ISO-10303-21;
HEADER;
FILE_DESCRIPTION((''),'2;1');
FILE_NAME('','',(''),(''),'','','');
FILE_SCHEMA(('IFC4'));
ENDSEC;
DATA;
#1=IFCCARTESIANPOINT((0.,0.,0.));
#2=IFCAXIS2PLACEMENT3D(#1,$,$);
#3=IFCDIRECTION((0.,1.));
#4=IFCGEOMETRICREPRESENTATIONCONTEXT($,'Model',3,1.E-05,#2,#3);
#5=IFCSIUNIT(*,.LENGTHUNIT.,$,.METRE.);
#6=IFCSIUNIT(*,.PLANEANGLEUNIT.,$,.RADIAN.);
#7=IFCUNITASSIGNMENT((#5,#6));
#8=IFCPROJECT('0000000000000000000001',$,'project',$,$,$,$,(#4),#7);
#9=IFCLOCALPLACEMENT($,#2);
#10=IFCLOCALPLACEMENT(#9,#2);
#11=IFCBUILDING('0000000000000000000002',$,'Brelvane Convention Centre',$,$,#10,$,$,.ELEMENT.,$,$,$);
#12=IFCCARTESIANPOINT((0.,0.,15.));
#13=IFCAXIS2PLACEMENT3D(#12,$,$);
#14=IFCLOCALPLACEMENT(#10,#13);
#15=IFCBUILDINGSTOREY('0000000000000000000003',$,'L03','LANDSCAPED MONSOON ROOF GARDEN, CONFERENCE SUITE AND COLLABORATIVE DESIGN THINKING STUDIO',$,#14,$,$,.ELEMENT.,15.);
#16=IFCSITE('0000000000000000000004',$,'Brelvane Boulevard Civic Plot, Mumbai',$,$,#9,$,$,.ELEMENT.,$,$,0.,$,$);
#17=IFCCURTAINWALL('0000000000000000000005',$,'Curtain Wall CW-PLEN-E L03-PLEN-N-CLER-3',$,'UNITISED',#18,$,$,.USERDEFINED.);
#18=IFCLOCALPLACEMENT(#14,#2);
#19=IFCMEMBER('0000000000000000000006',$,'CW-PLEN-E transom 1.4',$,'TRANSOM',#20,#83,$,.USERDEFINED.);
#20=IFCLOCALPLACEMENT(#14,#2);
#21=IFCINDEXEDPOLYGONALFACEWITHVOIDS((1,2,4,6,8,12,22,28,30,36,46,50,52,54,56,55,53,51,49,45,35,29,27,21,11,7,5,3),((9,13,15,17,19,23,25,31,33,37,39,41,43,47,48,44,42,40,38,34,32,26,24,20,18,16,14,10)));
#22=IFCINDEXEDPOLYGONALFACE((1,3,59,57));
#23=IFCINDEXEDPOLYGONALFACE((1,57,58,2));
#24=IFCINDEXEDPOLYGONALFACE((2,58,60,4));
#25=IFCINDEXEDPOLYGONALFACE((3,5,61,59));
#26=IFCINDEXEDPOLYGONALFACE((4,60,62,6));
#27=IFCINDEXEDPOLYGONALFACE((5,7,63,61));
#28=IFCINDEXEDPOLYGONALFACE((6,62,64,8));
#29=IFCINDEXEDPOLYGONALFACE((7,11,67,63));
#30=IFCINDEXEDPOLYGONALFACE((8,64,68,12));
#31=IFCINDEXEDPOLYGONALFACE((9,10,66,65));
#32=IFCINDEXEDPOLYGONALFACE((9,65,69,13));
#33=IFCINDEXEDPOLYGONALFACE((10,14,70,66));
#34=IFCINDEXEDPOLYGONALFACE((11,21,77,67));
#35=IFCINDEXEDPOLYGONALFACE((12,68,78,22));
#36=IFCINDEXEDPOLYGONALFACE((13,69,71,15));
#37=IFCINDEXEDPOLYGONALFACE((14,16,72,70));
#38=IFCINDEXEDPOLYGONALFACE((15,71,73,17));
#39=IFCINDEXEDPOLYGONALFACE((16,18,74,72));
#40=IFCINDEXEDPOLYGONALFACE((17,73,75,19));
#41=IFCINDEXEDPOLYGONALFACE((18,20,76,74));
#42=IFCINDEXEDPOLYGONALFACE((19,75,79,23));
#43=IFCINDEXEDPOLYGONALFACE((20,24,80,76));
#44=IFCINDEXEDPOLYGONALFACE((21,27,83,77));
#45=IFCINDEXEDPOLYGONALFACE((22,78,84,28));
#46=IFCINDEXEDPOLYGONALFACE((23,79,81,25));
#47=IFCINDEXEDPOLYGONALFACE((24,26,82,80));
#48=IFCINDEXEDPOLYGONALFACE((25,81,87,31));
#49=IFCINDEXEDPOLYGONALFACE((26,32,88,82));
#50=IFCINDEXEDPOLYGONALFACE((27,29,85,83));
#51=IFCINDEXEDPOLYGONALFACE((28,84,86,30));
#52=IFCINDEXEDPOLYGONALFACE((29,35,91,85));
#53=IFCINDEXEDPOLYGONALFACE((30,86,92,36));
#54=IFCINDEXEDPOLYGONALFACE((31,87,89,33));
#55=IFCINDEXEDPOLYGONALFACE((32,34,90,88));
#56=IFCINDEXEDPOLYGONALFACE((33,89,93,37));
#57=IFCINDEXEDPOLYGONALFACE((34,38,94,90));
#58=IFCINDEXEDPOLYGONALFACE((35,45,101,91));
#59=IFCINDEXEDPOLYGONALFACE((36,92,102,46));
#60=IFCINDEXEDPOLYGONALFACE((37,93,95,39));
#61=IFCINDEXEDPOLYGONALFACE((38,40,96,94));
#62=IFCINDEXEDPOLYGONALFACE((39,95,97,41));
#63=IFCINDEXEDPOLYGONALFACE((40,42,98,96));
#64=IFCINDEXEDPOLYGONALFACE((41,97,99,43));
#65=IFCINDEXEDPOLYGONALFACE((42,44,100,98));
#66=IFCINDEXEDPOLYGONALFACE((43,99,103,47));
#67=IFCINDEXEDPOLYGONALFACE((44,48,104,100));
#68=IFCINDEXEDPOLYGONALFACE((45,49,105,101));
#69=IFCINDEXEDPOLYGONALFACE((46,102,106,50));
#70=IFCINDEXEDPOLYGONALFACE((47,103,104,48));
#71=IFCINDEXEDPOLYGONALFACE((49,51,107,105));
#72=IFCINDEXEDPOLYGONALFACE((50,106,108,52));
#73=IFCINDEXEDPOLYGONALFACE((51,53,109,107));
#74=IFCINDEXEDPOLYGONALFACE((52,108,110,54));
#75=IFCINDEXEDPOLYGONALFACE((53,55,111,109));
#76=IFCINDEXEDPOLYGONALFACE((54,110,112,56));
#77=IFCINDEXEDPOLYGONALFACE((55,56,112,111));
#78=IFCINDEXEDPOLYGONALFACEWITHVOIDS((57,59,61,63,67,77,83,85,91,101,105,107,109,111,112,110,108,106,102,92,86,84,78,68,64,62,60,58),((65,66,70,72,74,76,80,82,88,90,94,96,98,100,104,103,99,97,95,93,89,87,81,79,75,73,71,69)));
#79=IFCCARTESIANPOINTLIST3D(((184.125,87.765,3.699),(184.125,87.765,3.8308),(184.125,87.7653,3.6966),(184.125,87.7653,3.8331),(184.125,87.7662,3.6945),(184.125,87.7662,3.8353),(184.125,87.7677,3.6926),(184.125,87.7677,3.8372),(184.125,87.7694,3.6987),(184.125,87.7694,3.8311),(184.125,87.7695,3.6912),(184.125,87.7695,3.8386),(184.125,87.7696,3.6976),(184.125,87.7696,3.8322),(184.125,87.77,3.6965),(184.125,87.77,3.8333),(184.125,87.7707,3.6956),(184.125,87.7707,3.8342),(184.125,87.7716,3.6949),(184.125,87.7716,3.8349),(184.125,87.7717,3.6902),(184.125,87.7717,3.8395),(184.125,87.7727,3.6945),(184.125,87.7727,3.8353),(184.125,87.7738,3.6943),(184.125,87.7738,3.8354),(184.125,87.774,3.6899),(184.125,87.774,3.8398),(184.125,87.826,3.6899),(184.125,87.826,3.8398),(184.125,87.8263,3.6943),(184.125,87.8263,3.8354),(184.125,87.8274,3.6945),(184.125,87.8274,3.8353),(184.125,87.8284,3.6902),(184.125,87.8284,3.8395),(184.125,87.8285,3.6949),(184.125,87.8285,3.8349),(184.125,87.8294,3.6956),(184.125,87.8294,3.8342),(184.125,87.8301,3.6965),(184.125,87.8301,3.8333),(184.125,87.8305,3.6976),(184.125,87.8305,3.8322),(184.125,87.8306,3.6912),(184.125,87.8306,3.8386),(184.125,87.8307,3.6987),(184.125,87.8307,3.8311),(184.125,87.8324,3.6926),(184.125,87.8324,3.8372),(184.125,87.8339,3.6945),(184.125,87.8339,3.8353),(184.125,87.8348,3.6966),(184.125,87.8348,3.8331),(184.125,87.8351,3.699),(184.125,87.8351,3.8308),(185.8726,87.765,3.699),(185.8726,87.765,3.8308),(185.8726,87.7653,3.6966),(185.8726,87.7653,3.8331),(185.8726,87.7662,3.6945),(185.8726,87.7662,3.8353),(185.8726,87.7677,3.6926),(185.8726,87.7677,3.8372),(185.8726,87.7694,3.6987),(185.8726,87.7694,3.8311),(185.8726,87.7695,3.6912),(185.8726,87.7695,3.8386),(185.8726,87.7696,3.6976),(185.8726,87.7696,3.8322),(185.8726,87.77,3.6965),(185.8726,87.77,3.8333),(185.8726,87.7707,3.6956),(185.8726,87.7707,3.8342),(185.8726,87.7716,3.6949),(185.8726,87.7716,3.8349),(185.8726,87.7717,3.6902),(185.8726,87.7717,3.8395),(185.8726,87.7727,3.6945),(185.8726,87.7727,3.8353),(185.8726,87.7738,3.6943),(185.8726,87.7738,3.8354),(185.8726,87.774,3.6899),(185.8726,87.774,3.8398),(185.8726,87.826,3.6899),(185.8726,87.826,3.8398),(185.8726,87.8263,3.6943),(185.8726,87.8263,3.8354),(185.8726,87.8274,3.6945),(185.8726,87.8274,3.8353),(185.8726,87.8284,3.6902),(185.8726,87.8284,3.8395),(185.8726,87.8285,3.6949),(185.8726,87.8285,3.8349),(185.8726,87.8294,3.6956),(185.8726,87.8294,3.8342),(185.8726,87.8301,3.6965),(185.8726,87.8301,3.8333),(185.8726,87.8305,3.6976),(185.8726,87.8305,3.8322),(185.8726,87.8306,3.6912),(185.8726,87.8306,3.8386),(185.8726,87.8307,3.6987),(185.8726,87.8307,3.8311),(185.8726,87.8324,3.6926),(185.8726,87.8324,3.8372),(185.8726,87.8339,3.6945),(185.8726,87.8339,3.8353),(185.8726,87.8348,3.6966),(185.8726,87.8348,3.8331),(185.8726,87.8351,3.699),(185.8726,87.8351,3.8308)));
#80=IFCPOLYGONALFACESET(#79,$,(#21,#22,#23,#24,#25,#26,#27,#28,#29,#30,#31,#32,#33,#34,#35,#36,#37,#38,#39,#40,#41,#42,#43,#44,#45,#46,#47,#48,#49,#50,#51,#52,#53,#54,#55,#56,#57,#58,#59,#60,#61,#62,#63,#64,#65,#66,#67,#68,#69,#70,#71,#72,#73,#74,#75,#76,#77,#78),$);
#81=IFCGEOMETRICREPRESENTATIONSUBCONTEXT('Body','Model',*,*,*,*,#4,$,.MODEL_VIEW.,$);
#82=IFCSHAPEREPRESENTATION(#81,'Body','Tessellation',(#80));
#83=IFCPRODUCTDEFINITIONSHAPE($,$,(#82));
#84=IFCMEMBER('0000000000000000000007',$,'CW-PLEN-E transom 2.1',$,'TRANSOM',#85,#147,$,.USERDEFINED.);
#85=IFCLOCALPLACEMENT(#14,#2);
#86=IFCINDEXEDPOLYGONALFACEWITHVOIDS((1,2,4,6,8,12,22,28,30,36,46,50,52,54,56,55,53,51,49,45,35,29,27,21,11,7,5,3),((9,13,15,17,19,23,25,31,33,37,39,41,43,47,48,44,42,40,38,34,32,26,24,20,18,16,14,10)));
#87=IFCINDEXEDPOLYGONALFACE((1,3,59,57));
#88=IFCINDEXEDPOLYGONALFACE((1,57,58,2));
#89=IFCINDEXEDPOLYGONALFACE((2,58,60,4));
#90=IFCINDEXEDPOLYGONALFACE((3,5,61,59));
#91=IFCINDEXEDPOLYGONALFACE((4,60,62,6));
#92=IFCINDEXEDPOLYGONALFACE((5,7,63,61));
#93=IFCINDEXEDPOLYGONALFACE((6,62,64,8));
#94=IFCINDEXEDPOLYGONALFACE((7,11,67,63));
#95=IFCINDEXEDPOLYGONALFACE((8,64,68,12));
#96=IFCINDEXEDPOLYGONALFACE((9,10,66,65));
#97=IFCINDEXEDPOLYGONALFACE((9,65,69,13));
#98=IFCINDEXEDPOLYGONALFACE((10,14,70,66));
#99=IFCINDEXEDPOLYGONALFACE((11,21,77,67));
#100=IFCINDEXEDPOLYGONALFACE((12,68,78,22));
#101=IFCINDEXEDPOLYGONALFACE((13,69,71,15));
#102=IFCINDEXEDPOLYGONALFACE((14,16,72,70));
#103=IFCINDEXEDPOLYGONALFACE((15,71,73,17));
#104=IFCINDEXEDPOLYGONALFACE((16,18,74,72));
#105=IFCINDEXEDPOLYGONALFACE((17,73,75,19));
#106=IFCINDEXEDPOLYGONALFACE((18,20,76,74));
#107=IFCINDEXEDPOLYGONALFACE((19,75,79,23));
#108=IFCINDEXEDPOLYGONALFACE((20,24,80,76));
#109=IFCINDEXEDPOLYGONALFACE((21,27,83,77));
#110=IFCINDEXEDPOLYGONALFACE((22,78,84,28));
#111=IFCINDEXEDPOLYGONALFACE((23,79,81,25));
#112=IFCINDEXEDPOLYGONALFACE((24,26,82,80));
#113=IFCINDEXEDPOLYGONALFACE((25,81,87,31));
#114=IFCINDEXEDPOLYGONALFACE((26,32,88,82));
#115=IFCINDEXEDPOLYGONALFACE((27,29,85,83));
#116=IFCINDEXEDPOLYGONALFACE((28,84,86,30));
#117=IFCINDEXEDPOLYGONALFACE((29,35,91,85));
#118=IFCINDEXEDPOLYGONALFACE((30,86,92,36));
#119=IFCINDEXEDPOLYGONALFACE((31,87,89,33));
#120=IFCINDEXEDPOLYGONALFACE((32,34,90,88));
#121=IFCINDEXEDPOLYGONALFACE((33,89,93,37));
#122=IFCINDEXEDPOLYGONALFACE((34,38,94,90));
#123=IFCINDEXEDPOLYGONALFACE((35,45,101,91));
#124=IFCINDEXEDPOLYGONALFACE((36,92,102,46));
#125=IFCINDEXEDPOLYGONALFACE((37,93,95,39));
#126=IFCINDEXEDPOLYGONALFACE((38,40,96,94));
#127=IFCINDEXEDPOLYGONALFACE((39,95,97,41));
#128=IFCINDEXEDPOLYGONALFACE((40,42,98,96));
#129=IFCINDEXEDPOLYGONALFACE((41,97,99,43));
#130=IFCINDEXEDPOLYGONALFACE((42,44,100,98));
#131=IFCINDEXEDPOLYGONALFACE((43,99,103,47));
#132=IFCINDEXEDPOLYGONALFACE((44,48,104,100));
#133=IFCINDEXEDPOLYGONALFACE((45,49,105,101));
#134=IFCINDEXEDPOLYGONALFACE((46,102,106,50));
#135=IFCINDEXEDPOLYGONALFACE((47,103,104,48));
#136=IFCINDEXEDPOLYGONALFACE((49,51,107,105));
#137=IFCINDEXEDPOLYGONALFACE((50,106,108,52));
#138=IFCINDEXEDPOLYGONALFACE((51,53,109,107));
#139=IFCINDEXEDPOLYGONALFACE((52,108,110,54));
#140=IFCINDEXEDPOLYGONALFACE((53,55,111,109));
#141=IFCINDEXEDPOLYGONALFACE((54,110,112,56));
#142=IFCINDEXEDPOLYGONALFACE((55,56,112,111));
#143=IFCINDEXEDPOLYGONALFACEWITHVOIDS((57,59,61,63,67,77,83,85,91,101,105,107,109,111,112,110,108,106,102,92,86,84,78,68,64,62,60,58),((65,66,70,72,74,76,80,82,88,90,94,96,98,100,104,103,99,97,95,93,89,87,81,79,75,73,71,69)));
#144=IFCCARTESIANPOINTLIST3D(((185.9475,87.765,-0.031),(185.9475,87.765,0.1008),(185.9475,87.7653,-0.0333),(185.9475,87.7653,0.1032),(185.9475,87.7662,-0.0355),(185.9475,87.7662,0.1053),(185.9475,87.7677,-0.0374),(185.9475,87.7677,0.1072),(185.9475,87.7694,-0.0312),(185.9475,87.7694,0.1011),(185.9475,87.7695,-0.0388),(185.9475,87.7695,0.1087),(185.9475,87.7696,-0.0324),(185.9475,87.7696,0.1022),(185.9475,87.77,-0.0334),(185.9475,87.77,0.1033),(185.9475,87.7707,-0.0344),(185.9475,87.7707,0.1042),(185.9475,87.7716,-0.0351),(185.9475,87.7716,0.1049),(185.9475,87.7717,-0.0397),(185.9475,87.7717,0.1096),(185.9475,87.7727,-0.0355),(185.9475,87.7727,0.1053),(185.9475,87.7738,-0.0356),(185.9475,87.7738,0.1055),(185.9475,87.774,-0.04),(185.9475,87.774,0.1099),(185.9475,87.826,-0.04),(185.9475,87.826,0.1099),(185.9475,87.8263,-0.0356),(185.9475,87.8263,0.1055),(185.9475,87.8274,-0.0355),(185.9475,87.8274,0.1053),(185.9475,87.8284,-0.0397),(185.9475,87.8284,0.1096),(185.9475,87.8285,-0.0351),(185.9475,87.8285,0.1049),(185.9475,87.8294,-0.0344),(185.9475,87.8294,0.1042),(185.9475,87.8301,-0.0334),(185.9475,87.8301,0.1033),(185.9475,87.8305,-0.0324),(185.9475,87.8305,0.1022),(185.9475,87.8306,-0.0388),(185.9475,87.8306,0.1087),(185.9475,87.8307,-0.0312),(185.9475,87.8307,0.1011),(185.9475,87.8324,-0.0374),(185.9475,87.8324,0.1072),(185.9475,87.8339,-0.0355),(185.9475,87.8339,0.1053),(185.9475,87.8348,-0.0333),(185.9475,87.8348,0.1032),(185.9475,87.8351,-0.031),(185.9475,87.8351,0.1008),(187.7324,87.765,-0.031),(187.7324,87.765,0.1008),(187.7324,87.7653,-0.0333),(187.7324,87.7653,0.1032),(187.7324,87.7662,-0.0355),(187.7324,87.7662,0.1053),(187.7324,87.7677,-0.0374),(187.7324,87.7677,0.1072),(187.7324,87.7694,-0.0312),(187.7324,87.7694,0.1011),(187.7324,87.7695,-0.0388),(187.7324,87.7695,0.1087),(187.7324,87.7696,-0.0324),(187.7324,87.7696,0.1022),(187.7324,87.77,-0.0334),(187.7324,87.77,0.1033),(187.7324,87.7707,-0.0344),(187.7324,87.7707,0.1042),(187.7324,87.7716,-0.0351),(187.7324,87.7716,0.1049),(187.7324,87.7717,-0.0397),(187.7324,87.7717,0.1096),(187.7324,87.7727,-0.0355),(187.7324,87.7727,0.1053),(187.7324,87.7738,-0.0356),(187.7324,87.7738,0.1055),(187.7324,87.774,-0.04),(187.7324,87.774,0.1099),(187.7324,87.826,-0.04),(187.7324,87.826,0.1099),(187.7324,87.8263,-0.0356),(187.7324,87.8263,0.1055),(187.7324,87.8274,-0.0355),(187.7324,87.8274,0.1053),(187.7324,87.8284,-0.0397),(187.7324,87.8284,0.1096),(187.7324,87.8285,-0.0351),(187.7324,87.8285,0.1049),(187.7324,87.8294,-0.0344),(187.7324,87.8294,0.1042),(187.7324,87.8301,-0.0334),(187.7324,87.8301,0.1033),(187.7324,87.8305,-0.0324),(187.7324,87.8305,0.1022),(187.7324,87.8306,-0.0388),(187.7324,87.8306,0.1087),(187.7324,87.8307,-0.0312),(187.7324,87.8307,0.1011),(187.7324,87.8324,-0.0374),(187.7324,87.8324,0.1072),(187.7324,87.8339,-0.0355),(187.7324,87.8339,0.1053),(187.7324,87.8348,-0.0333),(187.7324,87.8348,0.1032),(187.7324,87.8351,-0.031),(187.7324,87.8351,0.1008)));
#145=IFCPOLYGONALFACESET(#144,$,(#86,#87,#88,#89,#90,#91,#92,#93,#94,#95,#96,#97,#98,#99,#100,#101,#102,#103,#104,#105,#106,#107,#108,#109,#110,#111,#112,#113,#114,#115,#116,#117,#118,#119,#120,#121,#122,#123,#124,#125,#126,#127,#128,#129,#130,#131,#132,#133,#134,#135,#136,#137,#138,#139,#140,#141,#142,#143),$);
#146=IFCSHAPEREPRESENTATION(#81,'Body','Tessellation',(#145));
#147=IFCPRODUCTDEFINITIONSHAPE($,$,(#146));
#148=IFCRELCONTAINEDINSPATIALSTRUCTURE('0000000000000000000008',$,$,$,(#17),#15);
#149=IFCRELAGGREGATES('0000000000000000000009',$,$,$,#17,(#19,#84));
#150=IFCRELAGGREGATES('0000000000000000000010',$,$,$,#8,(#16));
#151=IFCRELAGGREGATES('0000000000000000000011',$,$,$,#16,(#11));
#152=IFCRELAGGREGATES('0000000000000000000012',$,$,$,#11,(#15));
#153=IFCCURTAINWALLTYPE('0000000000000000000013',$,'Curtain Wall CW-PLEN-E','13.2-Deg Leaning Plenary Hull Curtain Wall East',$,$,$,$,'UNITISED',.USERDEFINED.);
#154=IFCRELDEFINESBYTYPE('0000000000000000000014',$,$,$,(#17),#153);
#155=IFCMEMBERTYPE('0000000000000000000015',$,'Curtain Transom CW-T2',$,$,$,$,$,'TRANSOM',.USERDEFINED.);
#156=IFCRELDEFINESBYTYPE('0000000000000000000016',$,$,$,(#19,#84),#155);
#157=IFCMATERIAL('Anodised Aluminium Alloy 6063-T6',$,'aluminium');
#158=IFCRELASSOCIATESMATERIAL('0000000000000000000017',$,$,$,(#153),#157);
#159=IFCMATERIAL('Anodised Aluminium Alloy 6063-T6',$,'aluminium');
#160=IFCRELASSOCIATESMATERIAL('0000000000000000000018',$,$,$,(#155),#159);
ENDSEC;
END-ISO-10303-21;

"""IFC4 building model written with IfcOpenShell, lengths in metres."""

from ifc_helpers import new_model, si_unit, direction, frame, origin, origin_2d, place, context, subcontext, project, spatial, hollow_rectangle, extrude, material, material_profile, profile_set, type_object, element, aggregate, save


model = new_model("IFC4")

# Units and contexts
model_context = context("Model", 3, precision=1e-05, world=origin(), true_north=direction((0.0, 1.0)))
body_context = subcontext(model_context, "Body", "Model", "MODEL_VIEW")
ifc_project = project(units=[si_unit("LENGTHUNIT", "METRE"), si_unit("PLANEANGLEUNIT", "RADIAN")], contexts=[model_context])

# Site, building, storey
site_placement = place(None, origin())
site = spatial("IfcSite", under=ifc_project, at=site_placement, Name="Brelvane Boulevard Civic Plot, Mumbai", CompositionType="ELEMENT", RefElevation=0.0)
building_placement = place(site_placement, origin())
building = spatial("IfcBuilding", under=site, at=building_placement, Name="Brelvane Convention Centre", CompositionType="ELEMENT")
storey_placement = place(building_placement, frame((0.0, 0.0, 15.0)))
storey = spatial("IfcBuildingStorey", under=building, at=storey_placement, Name="L03", Description="LANDSCAPED MONSOON ROOF GARDEN, CONFERENCE SUITE AND COLLABORATIVE DESIGN THINKING STUDIO", CompositionType="ELEMENT", Elevation=15.0)

# Curtain wall, members
ifc_material_1 = material(Name="Anodised Aluminium Alloy 6063-T6", Category="aluminium")
curtain_wall_type = type_object("IfcCurtainWallType", Name="Curtain Wall CW-PLEN-E", Description="13.2-Deg Leaning Plenary Hull Curtain Wall East", ElementType="UNITISED", PredefinedType="USERDEFINED", material=ifc_material_1)
curtain_wall_placement = place(storey_placement, origin())
curtain_wall = element("IfcCurtainWall", 1, at=curtain_wall_placement, inside=storey, type_object=curtain_wall_type, Name="Curtain Wall CW-PLEN-E L03-PLEN-N-CLER-3", ObjectType="UNITISED", PredefinedType="USERDEFINED")
ifc_material_2 = material(Name="Anodised Aluminium Alloy 6063-T6", Category="aluminium")
ifc_material_profile_1 = material_profile(ifc_material_2, hollow_rectangle(XDim=0.0701, YDim=0.1499, WallThickness=0.0044, InnerFilletRadius=0.0044, OuterFilletRadius=0.009, at=origin_2d()), Name="ALU-T 150x70x4.5")
ifc_profile_set_1 = profile_set([ifc_material_profile_1], Name="Anodised Aluminium Alloy 6063-T6")
member_type_1 = type_object("IfcMemberType", Name="Curtain Transom CW-T2", ElementType="TRANSOM", PredefinedType="USERDEFINED", material=ifc_profile_set_1)
member_1_placement = place(storey_placement, frame((184.125, 87.8, 3.7649), z_axis=(1.0, 0.0, 0.0), x_axis=(0.0, 1.0, 0.0)))
member_1 = element("IfcMember", 2, at=member_1_placement, type_object=member_type_1, Name="CW-PLEN-E transom 1.4", ObjectType="TRANSOM", PredefinedType="USERDEFINED", context=body_context, shape_type="SweptSolid", body=[
    extrude(hollow_rectangle(XDim=0.0701, YDim=0.1499, WallThickness=0.0044, InnerFilletRadius=0.0044, OuterFilletRadius=0.009, at=origin_2d()), origin(), (0.0, 0.0, 1.0), 1.7476),
])
member_2_placement = place(storey_placement, frame((185.9475, 87.8, 0.0349), z_axis=(1.0, 0.0, 0.0), x_axis=(0.0, 1.0, 0.0)))
member_2 = element("IfcMember", 3, at=member_2_placement, type_object=member_type_1, Name="CW-PLEN-E transom 2.1", ObjectType="TRANSOM", PredefinedType="USERDEFINED", context=body_context, shape_type="SweptSolid", body=[
    extrude(hollow_rectangle(XDim=0.0701, YDim=0.1499, WallThickness=0.0044, InnerFilletRadius=0.0044, OuterFilletRadius=0.009, at=origin_2d()), origin(), (0.0, 0.0, 1.0), 1.7849),
])
aggregate(curtain_wall, [member_1, member_2])

save(model, "model.ifc")
